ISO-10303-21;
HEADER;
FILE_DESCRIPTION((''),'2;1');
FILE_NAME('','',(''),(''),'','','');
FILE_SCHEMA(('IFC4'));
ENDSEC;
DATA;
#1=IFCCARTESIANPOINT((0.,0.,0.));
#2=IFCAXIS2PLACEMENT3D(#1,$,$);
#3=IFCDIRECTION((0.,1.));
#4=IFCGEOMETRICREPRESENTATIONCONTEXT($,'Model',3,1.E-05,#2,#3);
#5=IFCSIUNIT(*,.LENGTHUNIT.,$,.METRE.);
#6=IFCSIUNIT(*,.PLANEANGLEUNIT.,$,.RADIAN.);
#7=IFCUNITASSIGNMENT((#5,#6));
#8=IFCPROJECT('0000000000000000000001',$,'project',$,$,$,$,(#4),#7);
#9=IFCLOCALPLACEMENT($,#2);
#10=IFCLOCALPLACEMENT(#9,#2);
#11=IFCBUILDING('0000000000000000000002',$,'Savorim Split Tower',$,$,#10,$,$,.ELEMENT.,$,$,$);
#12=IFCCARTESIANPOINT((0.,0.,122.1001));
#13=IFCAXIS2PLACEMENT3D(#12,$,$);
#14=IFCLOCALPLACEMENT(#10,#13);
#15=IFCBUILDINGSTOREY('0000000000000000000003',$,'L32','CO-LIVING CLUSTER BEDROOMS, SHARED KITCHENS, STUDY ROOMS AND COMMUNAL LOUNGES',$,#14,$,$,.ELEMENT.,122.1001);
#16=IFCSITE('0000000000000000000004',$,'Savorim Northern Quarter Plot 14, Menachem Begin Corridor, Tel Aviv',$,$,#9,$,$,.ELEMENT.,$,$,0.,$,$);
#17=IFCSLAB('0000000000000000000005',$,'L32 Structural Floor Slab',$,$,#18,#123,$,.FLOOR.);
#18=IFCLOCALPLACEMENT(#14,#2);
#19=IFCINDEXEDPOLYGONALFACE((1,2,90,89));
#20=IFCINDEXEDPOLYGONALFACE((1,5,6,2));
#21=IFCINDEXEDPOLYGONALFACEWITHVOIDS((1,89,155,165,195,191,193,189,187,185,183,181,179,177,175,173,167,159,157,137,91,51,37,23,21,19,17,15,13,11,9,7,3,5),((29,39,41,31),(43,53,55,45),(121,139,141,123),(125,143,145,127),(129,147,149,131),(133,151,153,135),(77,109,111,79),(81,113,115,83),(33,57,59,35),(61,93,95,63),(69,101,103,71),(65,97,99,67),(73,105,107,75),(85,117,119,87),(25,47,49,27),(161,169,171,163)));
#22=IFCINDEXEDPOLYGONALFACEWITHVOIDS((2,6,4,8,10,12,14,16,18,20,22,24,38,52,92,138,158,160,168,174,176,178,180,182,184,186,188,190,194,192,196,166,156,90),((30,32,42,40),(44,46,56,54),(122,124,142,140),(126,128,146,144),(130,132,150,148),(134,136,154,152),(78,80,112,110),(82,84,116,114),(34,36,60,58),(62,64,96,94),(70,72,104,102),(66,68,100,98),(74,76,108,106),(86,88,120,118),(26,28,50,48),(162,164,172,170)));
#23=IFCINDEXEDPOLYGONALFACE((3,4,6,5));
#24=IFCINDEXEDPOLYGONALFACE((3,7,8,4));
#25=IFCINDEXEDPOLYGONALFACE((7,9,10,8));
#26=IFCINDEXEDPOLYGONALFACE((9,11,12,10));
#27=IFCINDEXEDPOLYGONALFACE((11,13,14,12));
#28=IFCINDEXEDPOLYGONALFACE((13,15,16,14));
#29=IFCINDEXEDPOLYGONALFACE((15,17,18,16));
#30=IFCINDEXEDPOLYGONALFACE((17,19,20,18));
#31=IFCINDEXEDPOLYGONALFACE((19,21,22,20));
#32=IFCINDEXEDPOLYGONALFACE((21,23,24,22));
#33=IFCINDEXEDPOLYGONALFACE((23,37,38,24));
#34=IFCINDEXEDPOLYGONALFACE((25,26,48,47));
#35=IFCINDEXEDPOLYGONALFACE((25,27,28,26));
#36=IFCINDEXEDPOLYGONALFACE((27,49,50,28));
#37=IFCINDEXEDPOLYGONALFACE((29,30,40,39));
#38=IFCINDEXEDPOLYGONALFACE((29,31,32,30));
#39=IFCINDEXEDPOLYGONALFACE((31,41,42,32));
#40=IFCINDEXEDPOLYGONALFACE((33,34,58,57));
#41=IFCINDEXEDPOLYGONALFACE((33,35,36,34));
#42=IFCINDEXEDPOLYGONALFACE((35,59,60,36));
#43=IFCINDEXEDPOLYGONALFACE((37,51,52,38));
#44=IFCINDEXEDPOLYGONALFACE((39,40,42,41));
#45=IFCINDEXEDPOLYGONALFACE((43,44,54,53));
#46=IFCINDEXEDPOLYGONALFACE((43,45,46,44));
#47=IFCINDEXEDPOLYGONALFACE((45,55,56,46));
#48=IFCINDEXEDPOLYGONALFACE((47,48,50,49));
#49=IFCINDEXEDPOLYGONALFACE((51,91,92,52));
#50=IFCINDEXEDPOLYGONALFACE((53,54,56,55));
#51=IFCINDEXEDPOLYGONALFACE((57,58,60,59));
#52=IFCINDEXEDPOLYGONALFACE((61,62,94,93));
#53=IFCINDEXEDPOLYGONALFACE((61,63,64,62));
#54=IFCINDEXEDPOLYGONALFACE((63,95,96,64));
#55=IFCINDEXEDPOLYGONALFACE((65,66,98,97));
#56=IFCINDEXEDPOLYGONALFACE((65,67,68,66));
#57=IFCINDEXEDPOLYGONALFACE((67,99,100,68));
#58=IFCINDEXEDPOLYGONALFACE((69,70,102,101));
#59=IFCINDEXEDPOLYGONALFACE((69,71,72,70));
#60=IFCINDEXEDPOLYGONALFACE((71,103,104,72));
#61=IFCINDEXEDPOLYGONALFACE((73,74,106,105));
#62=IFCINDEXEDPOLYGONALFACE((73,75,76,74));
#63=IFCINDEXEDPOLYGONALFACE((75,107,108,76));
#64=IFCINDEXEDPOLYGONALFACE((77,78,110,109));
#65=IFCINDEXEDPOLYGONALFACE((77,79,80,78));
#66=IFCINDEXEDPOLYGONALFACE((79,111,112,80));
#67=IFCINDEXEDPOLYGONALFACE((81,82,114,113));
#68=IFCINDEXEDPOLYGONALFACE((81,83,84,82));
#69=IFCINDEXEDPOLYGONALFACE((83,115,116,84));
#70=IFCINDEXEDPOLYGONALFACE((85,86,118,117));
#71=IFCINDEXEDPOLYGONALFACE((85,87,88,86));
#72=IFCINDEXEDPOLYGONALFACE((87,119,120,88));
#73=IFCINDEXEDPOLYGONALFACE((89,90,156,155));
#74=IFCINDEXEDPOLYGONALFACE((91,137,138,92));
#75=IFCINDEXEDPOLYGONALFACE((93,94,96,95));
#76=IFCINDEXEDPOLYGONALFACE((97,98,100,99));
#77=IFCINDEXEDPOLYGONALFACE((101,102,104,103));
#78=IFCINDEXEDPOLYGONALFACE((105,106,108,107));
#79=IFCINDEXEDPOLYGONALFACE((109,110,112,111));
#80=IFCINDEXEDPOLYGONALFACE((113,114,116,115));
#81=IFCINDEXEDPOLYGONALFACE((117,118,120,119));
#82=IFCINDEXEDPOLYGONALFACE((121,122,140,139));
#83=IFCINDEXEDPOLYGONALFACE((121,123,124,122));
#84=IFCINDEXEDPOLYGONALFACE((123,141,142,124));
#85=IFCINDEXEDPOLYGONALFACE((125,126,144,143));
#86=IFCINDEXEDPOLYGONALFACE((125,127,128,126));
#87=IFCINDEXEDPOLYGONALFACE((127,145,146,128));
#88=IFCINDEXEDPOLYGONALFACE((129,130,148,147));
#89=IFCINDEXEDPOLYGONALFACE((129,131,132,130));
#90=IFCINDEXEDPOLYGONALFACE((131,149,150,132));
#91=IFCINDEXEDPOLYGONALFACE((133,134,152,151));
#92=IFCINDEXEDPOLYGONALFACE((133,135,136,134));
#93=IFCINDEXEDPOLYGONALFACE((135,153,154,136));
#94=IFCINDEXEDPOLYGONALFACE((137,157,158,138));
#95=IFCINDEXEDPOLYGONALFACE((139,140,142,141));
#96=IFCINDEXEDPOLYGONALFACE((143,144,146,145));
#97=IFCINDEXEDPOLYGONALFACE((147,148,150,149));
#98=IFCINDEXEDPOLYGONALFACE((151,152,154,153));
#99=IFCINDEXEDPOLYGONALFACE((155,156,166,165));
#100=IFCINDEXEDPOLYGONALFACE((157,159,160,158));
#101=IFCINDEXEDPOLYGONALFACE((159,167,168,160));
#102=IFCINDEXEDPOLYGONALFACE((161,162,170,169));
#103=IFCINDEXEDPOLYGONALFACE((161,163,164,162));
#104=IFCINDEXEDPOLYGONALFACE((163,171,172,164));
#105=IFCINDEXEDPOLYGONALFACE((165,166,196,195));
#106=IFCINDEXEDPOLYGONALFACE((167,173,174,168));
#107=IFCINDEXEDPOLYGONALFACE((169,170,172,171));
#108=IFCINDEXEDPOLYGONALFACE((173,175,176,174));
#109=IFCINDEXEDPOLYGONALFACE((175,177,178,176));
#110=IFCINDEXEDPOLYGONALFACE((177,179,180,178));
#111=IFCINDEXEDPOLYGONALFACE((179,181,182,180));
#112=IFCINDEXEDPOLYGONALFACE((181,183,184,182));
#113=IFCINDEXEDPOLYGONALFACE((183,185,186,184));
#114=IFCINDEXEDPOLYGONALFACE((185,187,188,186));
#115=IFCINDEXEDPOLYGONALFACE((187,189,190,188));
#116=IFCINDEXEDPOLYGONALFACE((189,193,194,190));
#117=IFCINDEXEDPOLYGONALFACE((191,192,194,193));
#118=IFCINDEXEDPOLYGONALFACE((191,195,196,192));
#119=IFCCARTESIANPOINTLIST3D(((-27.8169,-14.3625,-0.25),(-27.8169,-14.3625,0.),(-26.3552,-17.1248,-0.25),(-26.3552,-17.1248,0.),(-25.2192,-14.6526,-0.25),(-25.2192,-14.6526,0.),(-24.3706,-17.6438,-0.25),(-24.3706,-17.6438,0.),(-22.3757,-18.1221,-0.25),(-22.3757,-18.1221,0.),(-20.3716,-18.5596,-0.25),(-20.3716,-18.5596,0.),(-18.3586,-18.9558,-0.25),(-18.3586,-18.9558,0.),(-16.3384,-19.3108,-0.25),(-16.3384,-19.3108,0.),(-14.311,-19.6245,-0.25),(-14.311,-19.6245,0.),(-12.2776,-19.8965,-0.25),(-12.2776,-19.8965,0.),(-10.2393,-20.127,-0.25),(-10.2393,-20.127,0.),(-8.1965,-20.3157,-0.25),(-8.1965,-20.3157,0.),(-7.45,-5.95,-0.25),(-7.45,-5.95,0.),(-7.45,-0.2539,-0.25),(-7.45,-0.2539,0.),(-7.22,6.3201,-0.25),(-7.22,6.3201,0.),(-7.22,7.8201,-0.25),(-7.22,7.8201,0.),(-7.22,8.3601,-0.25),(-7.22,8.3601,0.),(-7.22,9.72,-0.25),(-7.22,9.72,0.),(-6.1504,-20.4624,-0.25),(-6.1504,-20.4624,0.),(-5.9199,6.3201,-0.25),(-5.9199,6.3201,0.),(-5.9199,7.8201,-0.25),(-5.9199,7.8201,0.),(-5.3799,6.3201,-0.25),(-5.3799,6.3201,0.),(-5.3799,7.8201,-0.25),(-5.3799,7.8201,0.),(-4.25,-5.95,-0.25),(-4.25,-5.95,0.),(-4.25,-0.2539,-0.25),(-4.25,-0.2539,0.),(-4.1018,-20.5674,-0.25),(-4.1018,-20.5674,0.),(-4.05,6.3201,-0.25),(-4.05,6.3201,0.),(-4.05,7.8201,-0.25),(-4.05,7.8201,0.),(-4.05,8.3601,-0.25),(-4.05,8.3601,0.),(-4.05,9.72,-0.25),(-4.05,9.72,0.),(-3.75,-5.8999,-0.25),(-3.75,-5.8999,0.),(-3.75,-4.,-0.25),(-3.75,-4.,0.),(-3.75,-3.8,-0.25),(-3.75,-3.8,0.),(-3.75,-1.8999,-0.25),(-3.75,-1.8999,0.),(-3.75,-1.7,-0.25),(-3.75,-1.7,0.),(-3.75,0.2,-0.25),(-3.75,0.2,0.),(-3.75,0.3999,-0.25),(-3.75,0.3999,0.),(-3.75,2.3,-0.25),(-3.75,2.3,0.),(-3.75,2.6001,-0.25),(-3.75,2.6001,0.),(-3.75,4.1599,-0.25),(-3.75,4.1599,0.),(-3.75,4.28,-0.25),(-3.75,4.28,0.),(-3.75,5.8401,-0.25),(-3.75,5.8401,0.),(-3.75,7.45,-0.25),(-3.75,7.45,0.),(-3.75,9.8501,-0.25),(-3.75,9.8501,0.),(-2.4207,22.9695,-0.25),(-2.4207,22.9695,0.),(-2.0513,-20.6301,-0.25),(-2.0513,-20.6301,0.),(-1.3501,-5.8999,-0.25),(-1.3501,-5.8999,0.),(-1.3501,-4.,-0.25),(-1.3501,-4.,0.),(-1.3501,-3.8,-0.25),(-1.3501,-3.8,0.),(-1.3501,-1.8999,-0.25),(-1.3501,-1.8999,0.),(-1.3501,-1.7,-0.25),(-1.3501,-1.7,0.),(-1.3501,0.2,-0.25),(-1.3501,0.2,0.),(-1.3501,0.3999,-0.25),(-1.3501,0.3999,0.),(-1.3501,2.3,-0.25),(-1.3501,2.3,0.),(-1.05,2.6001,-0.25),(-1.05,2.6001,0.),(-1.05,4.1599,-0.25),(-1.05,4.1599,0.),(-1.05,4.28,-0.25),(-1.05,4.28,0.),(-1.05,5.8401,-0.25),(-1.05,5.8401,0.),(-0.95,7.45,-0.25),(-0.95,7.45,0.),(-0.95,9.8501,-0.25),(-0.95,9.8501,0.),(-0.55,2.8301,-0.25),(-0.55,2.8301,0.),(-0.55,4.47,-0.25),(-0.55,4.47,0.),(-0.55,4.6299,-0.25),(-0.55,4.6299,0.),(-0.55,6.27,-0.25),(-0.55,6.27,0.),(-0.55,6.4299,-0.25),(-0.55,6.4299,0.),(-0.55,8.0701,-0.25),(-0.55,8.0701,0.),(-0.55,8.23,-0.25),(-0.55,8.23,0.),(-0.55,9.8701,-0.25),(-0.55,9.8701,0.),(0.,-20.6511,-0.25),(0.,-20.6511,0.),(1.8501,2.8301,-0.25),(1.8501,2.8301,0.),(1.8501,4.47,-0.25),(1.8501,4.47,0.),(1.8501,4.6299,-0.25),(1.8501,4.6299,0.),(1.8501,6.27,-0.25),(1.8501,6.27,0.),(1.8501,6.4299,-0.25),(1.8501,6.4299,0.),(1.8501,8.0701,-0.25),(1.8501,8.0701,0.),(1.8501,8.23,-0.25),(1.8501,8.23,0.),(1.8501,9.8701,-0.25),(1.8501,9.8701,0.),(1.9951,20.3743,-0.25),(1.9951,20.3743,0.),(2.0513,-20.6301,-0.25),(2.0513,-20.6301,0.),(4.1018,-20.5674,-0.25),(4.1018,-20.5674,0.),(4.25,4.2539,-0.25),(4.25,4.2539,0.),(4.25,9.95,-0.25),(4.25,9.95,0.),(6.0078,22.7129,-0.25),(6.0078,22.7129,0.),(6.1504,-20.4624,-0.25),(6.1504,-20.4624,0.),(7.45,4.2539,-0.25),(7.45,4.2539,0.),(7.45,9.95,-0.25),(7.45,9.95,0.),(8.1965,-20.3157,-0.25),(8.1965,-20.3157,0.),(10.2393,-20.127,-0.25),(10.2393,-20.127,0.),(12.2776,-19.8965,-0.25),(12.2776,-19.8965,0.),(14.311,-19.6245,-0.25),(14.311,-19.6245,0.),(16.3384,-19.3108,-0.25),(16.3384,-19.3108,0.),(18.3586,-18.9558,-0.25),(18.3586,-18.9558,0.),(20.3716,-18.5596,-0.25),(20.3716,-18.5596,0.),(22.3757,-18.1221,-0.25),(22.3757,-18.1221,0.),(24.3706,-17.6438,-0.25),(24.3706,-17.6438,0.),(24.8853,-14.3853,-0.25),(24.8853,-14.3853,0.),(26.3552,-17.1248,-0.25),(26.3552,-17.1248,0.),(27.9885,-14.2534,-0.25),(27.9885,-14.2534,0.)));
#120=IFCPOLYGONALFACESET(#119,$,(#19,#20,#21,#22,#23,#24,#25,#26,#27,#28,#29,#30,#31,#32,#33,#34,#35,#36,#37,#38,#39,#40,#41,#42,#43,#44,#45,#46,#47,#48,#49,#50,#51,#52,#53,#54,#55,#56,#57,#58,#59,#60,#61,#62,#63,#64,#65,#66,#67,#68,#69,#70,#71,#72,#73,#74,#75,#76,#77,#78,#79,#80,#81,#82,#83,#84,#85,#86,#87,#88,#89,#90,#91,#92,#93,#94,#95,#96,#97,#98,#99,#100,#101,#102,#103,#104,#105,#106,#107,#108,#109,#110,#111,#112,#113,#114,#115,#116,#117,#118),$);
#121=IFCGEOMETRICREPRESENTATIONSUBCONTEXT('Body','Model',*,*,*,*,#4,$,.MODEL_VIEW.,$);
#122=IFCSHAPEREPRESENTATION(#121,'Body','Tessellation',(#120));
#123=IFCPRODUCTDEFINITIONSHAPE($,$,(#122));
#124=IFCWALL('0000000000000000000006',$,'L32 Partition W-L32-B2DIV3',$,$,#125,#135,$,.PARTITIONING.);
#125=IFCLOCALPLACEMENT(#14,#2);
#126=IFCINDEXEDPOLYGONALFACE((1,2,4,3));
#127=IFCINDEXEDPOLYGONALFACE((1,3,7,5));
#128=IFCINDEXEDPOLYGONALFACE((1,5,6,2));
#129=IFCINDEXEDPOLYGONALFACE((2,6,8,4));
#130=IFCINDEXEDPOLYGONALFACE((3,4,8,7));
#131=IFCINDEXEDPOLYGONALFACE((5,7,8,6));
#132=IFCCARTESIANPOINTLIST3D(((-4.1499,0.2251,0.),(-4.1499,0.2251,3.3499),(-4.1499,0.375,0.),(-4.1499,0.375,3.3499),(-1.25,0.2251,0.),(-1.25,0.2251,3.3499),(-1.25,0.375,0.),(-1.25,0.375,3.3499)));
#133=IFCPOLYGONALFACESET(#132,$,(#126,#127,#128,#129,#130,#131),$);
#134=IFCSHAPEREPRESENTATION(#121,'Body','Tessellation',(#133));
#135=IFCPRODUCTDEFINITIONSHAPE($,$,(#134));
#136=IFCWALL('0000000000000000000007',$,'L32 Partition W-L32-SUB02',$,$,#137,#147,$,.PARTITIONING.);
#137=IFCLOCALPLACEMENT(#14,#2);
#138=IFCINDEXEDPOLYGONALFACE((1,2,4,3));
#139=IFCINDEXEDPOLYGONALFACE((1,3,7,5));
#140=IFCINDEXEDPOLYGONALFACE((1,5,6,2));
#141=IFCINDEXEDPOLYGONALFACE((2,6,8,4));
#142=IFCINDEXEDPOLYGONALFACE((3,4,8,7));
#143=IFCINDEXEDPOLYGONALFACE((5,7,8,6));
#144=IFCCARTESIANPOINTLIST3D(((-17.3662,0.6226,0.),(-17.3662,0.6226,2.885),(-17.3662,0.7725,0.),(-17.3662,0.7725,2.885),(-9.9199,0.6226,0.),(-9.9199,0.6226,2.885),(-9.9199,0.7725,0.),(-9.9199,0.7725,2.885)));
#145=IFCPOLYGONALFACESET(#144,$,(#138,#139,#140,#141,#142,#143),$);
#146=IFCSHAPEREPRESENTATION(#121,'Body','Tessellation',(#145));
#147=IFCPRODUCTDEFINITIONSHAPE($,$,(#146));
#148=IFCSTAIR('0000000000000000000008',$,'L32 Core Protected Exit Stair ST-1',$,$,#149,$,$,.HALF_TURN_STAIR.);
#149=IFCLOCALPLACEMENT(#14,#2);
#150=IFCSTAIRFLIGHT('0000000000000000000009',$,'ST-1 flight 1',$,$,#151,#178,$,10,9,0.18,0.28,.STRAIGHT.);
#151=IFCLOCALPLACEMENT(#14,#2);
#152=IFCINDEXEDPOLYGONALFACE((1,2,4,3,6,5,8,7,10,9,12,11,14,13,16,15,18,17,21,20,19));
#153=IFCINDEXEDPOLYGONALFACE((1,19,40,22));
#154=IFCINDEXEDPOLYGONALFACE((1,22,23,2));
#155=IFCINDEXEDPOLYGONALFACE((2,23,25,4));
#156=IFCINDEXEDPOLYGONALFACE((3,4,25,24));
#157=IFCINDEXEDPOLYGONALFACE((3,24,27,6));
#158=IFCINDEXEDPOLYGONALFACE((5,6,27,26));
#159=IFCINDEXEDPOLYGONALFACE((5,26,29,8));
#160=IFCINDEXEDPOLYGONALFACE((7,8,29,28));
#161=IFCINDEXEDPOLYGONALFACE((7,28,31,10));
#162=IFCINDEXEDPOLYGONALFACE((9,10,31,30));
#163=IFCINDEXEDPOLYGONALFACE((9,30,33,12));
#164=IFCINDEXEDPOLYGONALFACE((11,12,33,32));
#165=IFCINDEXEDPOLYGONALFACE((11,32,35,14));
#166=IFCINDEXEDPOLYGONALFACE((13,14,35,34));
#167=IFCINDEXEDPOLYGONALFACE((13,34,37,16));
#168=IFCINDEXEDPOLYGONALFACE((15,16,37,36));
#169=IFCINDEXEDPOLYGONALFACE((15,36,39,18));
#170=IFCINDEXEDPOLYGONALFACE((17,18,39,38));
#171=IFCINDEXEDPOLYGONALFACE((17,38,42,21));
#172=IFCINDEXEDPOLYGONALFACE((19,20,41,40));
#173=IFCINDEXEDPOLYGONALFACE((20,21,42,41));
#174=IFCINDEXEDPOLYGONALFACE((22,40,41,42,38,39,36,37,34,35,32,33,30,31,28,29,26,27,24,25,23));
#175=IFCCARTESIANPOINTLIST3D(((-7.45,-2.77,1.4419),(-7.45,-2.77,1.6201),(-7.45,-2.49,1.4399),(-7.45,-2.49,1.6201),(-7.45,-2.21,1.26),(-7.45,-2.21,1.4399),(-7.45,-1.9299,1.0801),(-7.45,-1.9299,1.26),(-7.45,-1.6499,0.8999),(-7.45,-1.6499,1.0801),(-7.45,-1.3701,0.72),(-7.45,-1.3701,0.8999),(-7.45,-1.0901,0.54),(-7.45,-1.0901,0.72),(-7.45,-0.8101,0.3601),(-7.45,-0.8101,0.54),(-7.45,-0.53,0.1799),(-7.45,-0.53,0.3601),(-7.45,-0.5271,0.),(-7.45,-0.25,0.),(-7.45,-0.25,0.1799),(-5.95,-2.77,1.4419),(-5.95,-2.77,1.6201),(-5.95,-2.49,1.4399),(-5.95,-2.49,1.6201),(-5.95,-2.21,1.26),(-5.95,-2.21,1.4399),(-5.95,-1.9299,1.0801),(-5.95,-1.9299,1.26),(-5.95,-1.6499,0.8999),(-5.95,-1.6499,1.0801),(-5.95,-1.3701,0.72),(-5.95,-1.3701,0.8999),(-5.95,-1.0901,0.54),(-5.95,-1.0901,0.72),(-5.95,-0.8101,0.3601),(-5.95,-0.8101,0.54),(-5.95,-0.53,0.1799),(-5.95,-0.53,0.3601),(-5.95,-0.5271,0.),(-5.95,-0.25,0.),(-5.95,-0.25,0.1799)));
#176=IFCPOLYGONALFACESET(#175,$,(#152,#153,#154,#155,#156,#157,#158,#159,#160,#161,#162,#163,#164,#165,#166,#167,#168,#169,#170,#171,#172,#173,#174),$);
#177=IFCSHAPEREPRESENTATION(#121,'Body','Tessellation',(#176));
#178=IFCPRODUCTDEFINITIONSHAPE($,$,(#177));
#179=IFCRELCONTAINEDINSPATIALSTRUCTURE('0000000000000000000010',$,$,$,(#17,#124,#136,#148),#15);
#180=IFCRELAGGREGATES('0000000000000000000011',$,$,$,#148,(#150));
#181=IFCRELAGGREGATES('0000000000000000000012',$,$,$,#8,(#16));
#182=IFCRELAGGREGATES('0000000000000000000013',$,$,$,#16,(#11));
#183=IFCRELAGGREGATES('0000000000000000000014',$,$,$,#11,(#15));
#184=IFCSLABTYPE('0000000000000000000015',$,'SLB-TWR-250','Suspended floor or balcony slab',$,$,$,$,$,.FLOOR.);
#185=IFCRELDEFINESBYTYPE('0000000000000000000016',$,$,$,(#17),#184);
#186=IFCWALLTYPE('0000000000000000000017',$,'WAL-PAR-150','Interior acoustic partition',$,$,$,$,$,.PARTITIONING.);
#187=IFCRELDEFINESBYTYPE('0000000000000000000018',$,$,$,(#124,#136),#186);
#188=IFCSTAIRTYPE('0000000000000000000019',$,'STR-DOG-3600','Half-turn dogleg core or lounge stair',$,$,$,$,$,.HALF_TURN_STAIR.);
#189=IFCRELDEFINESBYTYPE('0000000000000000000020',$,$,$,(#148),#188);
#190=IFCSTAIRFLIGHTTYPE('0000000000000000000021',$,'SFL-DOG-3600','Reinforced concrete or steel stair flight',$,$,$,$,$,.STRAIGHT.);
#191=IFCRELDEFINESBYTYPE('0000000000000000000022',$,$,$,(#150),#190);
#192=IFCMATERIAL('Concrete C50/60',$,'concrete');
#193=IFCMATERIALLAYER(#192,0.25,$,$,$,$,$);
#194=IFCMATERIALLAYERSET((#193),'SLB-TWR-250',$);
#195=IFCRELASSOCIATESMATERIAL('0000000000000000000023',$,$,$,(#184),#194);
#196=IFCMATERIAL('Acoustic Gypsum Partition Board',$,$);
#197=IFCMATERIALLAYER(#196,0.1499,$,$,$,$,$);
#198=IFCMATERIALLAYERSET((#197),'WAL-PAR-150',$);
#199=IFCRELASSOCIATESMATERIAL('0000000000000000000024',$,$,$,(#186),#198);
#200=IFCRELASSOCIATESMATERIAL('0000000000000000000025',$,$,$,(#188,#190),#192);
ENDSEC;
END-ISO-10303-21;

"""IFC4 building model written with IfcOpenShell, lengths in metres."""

from ifc_helpers import new_model, si_unit, direction, frame, frame_2d, origin, place, context, subcontext, project, spatial, polyline, rectangle, outline, extrude, material, layer, layer_set, type_object, element, aggregate, save


model = new_model("IFC4")

# Units and contexts
model_context = context("Model", 3, precision=1e-05, world=origin(), true_north=direction((0.0, 1.0)))
body_context = subcontext(model_context, "Body", "Model", "MODEL_VIEW")
ifc_project = project(units=[si_unit("LENGTHUNIT", "METRE"), si_unit("PLANEANGLEUNIT", "RADIAN")], contexts=[model_context])

# Site, building, storey
site_placement = place(None, origin())
site = spatial("IfcSite", under=ifc_project, at=site_placement, Name="Savorim Northern Quarter Plot 14, Menachem Begin Corridor, Tel Aviv", CompositionType="ELEMENT", RefElevation=0.0)
building_placement = place(site_placement, origin())
building = spatial("IfcBuilding", under=site, at=building_placement, Name="Savorim Split Tower", CompositionType="ELEMENT")
storey_placement = place(building_placement, frame((0.0, 0.0, 122.1001)))
storey = spatial("IfcBuildingStorey", under=building, at=storey_placement, Name="L32", Description="CO-LIVING CLUSTER BEDROOMS, SHARED KITCHENS, STUDY ROOMS AND COMMUNAL LOUNGES", CompositionType="ELEMENT", Elevation=122.1001)

# Slab
ifc_material_1 = material(Name="Concrete C50/60", Category="concrete")
ifc_layer_1 = layer(ifc_material_1, 0.25)
ifc_layer_set_1 = layer_set([ifc_layer_1], Name="SLB-TWR-250")
slab_type_1 = type_object("IfcSlabType", Name="SLB-TWR-250", Description="Suspended floor or balcony slab", PredefinedType="FLOOR", material=ifc_layer_set_1)
slab_1_placement = place(storey_placement, frame((0.0, 0.0, -0.25)))
element("IfcSlab", 1, at=slab_1_placement, inside=storey, type_object=slab_type_1, Name="L32 Structural Floor Slab", PredefinedType="FLOOR", context=body_context, shape_type="SweptSolid", body=[
    extrude(outline(polyline([(-26.3552, -17.1248), (-24.3706, -17.6438), (-22.3757, -18.1221), (-20.3716, -18.5596), (-18.3586, -18.9558), (-16.3384, -19.3108), (-14.311, -19.6245), (-12.2776, -19.8965), (-10.2393, -20.127), (-8.1965, -20.3157), (-6.1504, -20.4624), (-4.1018, -20.5674), (-2.0513, -20.6301), (0.0, -20.6511), (2.0513, -20.6301), (4.1018, -20.5674), (6.1504, -20.4624), (8.1965, -20.3157), (10.2393, -20.127), (12.2776, -19.8965), (14.311, -19.6245), (16.3384, -19.3108), (18.3586, -18.9558), (20.3716, -18.5596), (22.3757, -18.1221), (24.3706, -17.6438), (26.3552, -17.1248), (24.8853, -14.3853), (27.9885, -14.2534), (6.0078, 22.7129), (1.9951, 20.3743), (-2.4207, 22.9695), (-27.8169, -14.3625), (-25.2192, -14.6526), (-26.3552, -17.1248)]), holes=[polyline([(-7.45, -0.2539), (-7.45, -5.95), (-4.25, -5.95), (-4.25, -0.2539), (-7.45, -0.2539)]), polyline([(7.45, 4.2539), (7.45, 9.95), (4.25, 9.95), (4.25, 4.2539), (7.45, 4.2539)]), polyline([(-3.75, -5.8999), (-1.3501, -5.8999), (-1.3501, -4.0), (-3.75, -4.0), (-3.75, -5.8999)]), polyline([(-3.75, -3.8), (-1.3501, -3.8), (-1.3501, -1.8999), (-3.75, -1.8999), (-3.75, -3.8)]), polyline([(-3.75, -1.7), (-1.3501, -1.7), (-1.3501, 0.2), (-3.75, 0.2), (-3.75, -1.7)]), polyline([(-3.75, 0.3999), (-1.3501, 0.3999), (-1.3501, 2.3), (-3.75, 2.3), (-3.75, 0.3999)]), polyline([(-0.55, 2.8301), (1.8501, 2.8301), (1.8501, 4.47), (-0.55, 4.47), (-0.55, 2.8301)]), polyline([(-0.55, 4.6299), (1.8501, 4.6299), (1.8501, 6.27), (-0.55, 6.27), (-0.55, 4.6299)]), polyline([(-0.55, 6.4299), (1.8501, 6.4299), (1.8501, 8.0701), (-0.55, 8.0701), (-0.55, 6.4299)]), polyline([(-0.55, 8.23), (1.8501, 8.23), (1.8501, 9.8701), (-0.55, 9.8701), (-0.55, 8.23)]), polyline([(-3.75, 2.6001), (-1.05, 2.6001), (-1.05, 4.1599), (-3.75, 4.1599), (-3.75, 2.6001)]), polyline([(-3.75, 4.28), (-1.05, 4.28), (-1.05, 5.8401), (-3.75, 5.8401), (-3.75, 4.28)]), polyline([(-3.75, 7.45), (-0.95, 7.45), (-0.95, 9.8501), (-3.75, 9.8501), (-3.75, 7.45)]), polyline([(-7.22, 6.3201), (-5.9199, 6.3201), (-5.9199, 7.8201), (-7.22, 7.8201), (-7.22, 6.3201)]), polyline([(-5.3799, 6.3201), (-4.05, 6.3201), (-4.05, 7.8201), (-5.3799, 7.8201), (-5.3799, 6.3201)]), polyline([(-7.22, 8.3601), (-4.05, 8.3601), (-4.05, 9.72), (-7.22, 9.72), (-7.22, 8.3601)])]), origin(), (0.0, 0.0, 1.0), 0.25),
])

# Walls
ifc_material_2 = material(Name="Acoustic Gypsum Partition Board")
ifc_layer_2 = layer(ifc_material_2, 0.1499)
ifc_layer_set_2 = layer_set([ifc_layer_2], Name="WAL-PAR-150")
wall_type_1 = type_object("IfcWallType", Name="WAL-PAR-150", Description="Interior acoustic partition", PredefinedType="PARTITIONING", material=ifc_layer_set_2)
wall_1_placement = place(storey_placement, frame((-4.1499, 0.3, 0.0), z_axis=(0.0, 0.0, 1.0), x_axis=(1.0, 0.0, 0.0)))
element("IfcWall", 2, at=wall_1_placement, inside=storey, type_object=wall_type_1, Name="L32 Partition W-L32-B2DIV3", PredefinedType="PARTITIONING", context=body_context, shape_type="SweptSolid", body=[
    extrude(rectangle(XDim=2.8999, YDim=0.1499, at=frame_2d((1.45, 0.0))), origin(), (0.0, 0.0, 1.0), 3.3499),
])
wall_2_placement = place(storey_placement, frame((-9.9199, 0.6975, 0.0), z_axis=(0.0, 0.0, 1.0), x_axis=(-1.0, 0.0, 0.0)))
element("IfcWall", 3, at=wall_2_placement, inside=storey, type_object=wall_type_1, Name="L32 Partition W-L32-SUB02", PredefinedType="PARTITIONING", context=body_context, shape_type="SweptSolid", body=[
    extrude(rectangle(XDim=7.4463, YDim=0.1499, at=frame_2d((3.7231, 0.0))), origin(), (0.0, 0.0, 1.0), 2.885),
])

# Stair, stair flight
stair_type = type_object("IfcStairType", Name="STR-DOG-3600", Description="Half-turn dogleg core or lounge stair", PredefinedType="HALF_TURN_STAIR", material=ifc_material_1)
stair_placement = place(storey_placement, origin())
stair = element("IfcStair", 4, at=stair_placement, inside=storey, type_object=stair_type, Name="L32 Core Protected Exit Stair ST-1", PredefinedType="HALF_TURN_STAIR")
stair_flight_type = type_object("IfcStairFlightType", Name="SFL-DOG-3600", Description="Reinforced concrete or steel stair flight", PredefinedType="STRAIGHT", material=ifc_material_1)
stair_flight_placement = place(storey_placement, frame((-6.7, -0.25, 0.0), z_axis=(0.0, 0.0, 1.0), x_axis=(0.0, -1.0, 0.0)))
stair_flight = element("IfcStairFlight", 5, at=stair_flight_placement, type_object=stair_flight_type, Name="ST-1 flight 1", NumberOfRisers=10, NumberOfTreads=9, PredefinedType="STRAIGHT", RiserHeight=0.18, TreadLength=0.28, context=body_context, shape_type="SweptSolid", body=[
    extrude(outline(polyline([(0.0, 0.0), (0.0, 0.1799), (0.28, 0.1799), (0.28, 0.3601), (0.5601, 0.3601), (0.5601, 0.54), (0.8401, 0.54), (0.8401, 0.72), (1.1201, 0.72), (1.1201, 0.8999), (1.3999, 0.8999), (1.3999, 1.0801), (1.6799, 1.0801), (1.6799, 1.26), (1.96, 1.26), (1.96, 1.4399), (2.24, 1.4399), (2.24, 1.6201), (2.52, 1.6201), (2.52, 1.8), (2.52, 1.4419), (0.2771, 0.0), (0.0, 0.0)])), frame((0.0, 0.75, 0.0), z_axis=(0.0, -1.0, 0.0), x_axis=(1.0, 0.0, 0.0)), (0.0, 0.0, 1.0), 1.5),
])
aggregate(stair, [stair_flight])

save(model, "model.ifc")
